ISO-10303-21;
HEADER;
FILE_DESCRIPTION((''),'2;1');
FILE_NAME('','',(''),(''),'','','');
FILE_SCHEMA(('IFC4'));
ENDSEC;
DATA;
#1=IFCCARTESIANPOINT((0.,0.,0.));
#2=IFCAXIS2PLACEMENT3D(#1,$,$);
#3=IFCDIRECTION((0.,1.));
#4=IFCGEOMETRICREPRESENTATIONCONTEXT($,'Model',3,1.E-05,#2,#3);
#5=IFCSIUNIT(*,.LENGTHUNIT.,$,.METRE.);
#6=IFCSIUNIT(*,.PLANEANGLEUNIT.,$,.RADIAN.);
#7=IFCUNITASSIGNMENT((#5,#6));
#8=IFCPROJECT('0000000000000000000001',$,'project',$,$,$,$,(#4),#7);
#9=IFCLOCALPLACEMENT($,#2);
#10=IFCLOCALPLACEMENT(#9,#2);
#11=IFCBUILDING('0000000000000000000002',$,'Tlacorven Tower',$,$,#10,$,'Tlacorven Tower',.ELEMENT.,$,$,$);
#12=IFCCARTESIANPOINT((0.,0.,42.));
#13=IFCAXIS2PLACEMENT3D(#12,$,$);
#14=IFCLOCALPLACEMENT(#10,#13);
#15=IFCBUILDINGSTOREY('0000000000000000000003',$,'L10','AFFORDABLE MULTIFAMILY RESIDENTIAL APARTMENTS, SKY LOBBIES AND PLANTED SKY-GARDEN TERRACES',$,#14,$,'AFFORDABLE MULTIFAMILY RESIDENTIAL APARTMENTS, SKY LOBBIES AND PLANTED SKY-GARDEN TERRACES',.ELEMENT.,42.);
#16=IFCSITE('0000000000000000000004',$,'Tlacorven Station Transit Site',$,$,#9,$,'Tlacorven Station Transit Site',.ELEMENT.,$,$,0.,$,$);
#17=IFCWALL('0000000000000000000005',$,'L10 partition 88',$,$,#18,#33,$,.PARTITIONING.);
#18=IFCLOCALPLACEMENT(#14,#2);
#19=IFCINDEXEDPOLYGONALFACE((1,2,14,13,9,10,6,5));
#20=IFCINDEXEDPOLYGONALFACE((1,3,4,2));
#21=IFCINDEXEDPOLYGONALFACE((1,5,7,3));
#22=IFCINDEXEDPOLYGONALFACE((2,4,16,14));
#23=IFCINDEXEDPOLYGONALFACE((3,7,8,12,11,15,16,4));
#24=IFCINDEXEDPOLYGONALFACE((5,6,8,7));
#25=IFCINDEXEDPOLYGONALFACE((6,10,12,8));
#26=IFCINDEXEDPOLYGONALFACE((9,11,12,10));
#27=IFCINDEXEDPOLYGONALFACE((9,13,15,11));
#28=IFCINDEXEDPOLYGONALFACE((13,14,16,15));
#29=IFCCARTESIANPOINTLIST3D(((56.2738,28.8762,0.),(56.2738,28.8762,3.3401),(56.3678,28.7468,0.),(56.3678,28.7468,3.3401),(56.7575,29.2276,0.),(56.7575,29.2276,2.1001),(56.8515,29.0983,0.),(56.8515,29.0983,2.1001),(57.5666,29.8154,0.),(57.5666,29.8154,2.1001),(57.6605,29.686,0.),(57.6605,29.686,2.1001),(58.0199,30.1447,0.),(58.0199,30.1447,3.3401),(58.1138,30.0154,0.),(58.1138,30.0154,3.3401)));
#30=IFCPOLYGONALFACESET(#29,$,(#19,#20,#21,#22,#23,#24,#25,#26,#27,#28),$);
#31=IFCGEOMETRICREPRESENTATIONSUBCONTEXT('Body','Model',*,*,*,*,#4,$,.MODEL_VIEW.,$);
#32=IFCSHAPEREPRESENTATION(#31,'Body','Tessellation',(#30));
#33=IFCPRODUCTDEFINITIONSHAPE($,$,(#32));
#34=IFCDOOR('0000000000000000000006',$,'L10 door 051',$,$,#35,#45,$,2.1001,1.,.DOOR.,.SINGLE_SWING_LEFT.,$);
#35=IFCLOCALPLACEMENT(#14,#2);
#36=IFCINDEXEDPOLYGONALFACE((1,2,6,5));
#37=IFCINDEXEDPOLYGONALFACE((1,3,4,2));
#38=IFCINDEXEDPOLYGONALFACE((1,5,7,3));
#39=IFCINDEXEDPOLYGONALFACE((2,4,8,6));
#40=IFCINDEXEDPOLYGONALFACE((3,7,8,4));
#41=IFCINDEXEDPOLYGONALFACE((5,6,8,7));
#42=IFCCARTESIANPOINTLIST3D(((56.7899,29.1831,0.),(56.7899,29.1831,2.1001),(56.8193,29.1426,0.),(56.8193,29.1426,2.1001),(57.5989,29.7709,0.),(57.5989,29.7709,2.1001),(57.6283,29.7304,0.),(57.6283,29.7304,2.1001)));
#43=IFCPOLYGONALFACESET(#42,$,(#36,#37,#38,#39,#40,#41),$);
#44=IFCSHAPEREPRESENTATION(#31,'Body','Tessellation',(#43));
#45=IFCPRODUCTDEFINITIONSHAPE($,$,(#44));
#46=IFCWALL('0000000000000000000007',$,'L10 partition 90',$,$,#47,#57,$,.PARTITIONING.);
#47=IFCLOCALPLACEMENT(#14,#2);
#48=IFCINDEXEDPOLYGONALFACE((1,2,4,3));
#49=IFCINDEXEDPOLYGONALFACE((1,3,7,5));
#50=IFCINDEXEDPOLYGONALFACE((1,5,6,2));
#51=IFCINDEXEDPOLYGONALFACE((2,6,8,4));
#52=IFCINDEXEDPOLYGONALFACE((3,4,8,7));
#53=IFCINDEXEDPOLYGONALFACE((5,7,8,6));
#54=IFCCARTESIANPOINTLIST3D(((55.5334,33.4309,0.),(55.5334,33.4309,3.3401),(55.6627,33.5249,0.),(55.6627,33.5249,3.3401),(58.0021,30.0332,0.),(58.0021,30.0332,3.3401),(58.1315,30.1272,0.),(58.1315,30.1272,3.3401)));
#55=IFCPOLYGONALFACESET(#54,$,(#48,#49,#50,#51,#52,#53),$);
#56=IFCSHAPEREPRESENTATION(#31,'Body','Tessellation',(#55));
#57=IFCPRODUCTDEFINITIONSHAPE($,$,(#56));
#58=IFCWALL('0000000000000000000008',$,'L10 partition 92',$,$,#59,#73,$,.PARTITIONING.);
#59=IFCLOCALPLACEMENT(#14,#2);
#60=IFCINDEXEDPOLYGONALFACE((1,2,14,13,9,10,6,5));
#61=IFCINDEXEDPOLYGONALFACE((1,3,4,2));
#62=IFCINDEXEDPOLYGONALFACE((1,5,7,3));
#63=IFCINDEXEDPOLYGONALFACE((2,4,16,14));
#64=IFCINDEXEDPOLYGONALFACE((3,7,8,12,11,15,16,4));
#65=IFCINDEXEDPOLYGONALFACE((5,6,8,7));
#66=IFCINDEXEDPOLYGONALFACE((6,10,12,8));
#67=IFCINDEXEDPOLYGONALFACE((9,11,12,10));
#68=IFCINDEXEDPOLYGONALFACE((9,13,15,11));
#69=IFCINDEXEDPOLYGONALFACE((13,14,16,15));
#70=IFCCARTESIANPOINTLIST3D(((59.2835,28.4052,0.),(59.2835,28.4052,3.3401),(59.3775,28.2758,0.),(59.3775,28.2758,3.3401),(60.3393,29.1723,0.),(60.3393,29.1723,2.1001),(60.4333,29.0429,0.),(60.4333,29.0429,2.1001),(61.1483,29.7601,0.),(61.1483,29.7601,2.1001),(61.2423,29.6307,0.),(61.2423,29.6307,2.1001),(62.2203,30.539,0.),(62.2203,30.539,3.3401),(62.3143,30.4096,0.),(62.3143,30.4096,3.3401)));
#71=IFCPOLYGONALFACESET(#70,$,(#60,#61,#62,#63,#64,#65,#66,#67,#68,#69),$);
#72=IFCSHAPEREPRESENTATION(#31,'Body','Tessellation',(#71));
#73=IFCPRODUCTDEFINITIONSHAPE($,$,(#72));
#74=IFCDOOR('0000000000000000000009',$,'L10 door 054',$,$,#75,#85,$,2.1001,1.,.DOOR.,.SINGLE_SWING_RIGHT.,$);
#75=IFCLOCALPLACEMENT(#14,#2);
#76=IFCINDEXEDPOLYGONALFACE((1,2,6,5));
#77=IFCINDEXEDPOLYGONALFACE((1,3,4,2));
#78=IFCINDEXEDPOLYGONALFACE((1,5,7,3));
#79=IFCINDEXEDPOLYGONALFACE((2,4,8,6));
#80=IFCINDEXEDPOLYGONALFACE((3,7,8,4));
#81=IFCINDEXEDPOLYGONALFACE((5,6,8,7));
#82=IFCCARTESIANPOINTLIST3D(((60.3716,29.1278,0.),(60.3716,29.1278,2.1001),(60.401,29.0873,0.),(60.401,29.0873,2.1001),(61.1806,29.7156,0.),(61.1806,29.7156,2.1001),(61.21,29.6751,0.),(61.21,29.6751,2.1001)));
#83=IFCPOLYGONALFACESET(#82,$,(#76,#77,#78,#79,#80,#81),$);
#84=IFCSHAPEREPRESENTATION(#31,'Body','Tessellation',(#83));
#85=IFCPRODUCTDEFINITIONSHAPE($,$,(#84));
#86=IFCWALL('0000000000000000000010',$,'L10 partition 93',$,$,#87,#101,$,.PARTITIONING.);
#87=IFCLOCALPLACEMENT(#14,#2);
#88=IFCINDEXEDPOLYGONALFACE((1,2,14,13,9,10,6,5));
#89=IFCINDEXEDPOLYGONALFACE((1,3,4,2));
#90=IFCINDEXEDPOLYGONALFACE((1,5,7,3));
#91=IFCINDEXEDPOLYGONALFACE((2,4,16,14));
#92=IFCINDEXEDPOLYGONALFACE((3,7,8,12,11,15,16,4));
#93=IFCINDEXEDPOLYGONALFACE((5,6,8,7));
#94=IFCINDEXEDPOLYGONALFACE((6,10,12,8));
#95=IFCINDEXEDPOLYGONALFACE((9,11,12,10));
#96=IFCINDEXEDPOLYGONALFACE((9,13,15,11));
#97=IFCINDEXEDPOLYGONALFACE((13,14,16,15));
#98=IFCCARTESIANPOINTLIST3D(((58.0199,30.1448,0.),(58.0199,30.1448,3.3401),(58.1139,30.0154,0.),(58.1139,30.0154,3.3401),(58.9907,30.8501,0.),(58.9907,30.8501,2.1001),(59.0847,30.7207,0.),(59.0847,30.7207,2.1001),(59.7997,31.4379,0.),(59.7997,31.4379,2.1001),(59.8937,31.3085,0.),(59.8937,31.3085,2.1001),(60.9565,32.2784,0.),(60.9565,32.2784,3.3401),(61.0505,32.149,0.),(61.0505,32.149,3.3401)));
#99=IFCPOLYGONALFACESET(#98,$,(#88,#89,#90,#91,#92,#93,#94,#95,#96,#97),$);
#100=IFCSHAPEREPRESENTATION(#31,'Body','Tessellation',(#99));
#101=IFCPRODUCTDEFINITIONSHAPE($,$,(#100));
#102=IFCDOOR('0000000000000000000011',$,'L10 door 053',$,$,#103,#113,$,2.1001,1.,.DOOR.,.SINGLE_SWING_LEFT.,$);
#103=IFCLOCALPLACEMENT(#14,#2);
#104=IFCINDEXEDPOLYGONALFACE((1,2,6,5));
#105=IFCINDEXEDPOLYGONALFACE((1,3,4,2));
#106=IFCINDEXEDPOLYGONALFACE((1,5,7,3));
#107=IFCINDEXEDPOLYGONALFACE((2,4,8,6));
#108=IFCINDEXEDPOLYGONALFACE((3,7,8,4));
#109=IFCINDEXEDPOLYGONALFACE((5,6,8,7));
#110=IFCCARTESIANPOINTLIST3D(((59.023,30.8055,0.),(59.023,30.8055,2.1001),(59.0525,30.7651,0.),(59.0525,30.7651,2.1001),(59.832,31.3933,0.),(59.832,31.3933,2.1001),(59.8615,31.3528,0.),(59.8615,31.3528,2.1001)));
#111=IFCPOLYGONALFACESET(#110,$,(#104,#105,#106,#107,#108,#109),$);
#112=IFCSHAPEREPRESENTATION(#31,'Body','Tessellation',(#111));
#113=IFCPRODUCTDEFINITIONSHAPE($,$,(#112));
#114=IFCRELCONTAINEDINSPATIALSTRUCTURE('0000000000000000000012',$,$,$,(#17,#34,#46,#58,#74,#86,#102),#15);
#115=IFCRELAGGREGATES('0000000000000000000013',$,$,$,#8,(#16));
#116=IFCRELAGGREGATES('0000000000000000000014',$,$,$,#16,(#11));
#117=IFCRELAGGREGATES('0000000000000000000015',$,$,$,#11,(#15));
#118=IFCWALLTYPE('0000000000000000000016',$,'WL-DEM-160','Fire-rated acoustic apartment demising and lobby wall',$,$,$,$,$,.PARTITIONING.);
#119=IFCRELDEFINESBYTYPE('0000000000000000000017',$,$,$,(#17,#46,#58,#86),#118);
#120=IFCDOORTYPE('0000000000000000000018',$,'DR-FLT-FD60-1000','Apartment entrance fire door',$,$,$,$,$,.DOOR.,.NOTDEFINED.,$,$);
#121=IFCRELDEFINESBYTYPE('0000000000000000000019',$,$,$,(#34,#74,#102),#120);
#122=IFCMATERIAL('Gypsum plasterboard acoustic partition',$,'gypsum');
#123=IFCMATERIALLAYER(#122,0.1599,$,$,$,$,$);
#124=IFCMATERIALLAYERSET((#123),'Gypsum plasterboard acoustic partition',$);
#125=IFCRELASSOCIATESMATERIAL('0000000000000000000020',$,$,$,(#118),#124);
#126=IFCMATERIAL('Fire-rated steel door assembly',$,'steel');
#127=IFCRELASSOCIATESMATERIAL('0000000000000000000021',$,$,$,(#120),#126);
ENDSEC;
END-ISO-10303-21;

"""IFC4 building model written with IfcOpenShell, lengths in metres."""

from ifc_helpers import new_model, si_unit, direction, frame, frame_2d, origin, place, context, subcontext, project, spatial, rectangle, extrude, source, transform, mapped, material, layer, layer_set, type_object, element, fill, save


model = new_model("IFC4")

# Units and contexts
model_context = context("Model", 3, precision=1e-05, world=origin(), true_north=direction((0.0, 1.0)))
body_context = subcontext(model_context, "Body", "Model", "MODEL_VIEW")
ifc_project = project(units=[si_unit("LENGTHUNIT", "METRE"), si_unit("PLANEANGLEUNIT", "RADIAN")], contexts=[model_context])

# Site, building, storey
site_placement = place(None, origin())
site = spatial("IfcSite", under=ifc_project, at=site_placement, Name="Tlacorven Station Transit Site", LongName="Tlacorven Station Transit Site", CompositionType="ELEMENT", RefElevation=0.0)
building_placement = place(site_placement, origin())
building = spatial("IfcBuilding", under=site, at=building_placement, Name="Tlacorven Tower", LongName="Tlacorven Tower", CompositionType="ELEMENT")
storey_placement = place(building_placement, frame((0.0, 0.0, 42.0)))
storey = spatial("IfcBuildingStorey", under=building, at=storey_placement, Name="L10", Description="AFFORDABLE MULTIFAMILY RESIDENTIAL APARTMENTS, SKY LOBBIES AND PLANTED SKY-GARDEN TERRACES", LongName="AFFORDABLE MULTIFAMILY RESIDENTIAL APARTMENTS, SKY LOBBIES AND PLANTED SKY-GARDEN TERRACES", CompositionType="ELEMENT", Elevation=42.0)

# Wall, opening, door
ifc_material_1 = material(Name="Gypsum plasterboard acoustic partition", Category="gypsum")
ifc_layer_1 = layer(ifc_material_1, 0.1599)
ifc_layer_set_1 = layer_set([ifc_layer_1], Name="Gypsum plasterboard acoustic partition")
wall_type_1 = type_object("IfcWallType", Name="WL-DEM-160", Description="Fire-rated acoustic apartment demising and lobby wall", PredefinedType="PARTITIONING", material=ifc_layer_set_1)
wall_1_placement = place(storey_placement, frame((56.3208, 28.8115, 0.0), z_axis=(0.0, 0.0, 1.0), x_axis=(0.809029, 0.587768, 0.0)))
wall_1 = element("IfcWall", 1, at=wall_1_placement, inside=storey, type_object=wall_type_1, Name="L10 partition 88", PredefinedType="PARTITIONING", context=body_context, shape_type="SweptSolid", body=[
    extrude(rectangle(XDim=2.1582, YDim=0.1599, at=frame_2d((1.0791, 0.0))), origin(), (0.0, 0.0, 1.0), 3.3401),
])
opening_1_placement = place(wall_1_placement, frame((0.5979, 0.0, 0.0)))
opening_1 = element("IfcOpeningElement", 2, at=opening_1_placement, cuts=wall_1, PredefinedType="OPENING", context=body_context, shape_type="SweptSolid", body=[
    extrude(rectangle(XDim=1.0, YDim=2.1001, at=frame_2d((0.5, 1.05))), frame((0.0, 0.0898, 0.0), z_axis=(0.0, -1.0, 0.0), x_axis=(1.0, 0.0, 0.0)), (0.0, 0.0, 1.0), 0.1799),
])
ifc_material_2 = material(Name="Fire-rated steel door assembly", Category="steel")
door_type = type_object("IfcDoorType", Name="DR-FLT-FD60-1000", Description="Apartment entrance fire door", OperationType="NOTDEFINED", PredefinedType="DOOR", material=ifc_material_2)
shared_shape_1 = source(origin(), body_context, "Body", "SweptSolid", [
    extrude(rectangle(XDim=1.0, YDim=2.1001, at=frame_2d((0.5, 1.05))), frame((0.0, 0.0249, 0.0), z_axis=(0.0, -1.0, 0.0), x_axis=(1.0, 0.0, 0.0)), (0.0, 0.0, 1.0), 0.05),
])
door_1_placement = place(opening_1_placement, origin())
door_1 = element("IfcDoor", 3, at=door_1_placement, inside=storey, type_object=door_type, Name="L10 door 051", OperationType="SINGLE_SWING_LEFT", OverallHeight=2.1001, OverallWidth=1.0, PredefinedType="DOOR", context=body_context, shape_type="MappedRepresentation", body=[
    mapped(shared_shape_1, transform((0.0, 0.0, 0.0), scale=1.0)),
])
fill(opening_1, door_1)

# Wall
wall_2_placement = place(storey_placement, frame((58.0669, 30.0801, 0.0), z_axis=(0.0, 0.0, 1.0), x_axis=(-0.587812, 0.808997, 0.0)))
element("IfcWall", 4, at=wall_2_placement, inside=storey, type_object=wall_type_1, Name="L10 partition 90", PredefinedType="PARTITIONING", context=body_context, shape_type="SweptSolid", body=[
    extrude(rectangle(XDim=4.2, YDim=0.1599, at=frame_2d((2.1001, 0.0))), origin(), (0.0, 0.0, 1.0), 3.3401),
])

# Walls, openings, doors
wall_3_placement = place(storey_placement, frame((59.3306, 28.3406, 0.0), z_axis=(0.0, 0.0, 1.0), x_axis=(0.809004, 0.587804, 0.0)))
wall_3 = element("IfcWall", 5, at=wall_3_placement, inside=storey, type_object=wall_type_1, Name="L10 partition 92", PredefinedType="PARTITIONING", context=body_context, shape_type="SweptSolid", body=[
    extrude(rectangle(XDim=3.6301, YDim=0.1599, at=frame_2d((1.8149, 0.0))), origin(), (0.0, 0.0, 1.0), 3.3401),
])
opening_2_placement = place(wall_3_placement, frame((1.3049, 0.0, 0.0)))
opening_2 = element("IfcOpeningElement", 6, at=opening_2_placement, cuts=wall_3, PredefinedType="OPENING", context=body_context, shape_type="SweptSolid", body=[
    extrude(rectangle(XDim=1.0, YDim=2.1001, at=frame_2d((0.5, 1.05))), frame((0.0, 0.0898, 0.0), z_axis=(0.0, -1.0, 0.0), x_axis=(1.0, 0.0, 0.0)), (0.0, 0.0, 1.0), 0.1799),
])
door_2_placement = place(opening_2_placement, origin())
door_2 = element("IfcDoor", 7, at=door_2_placement, inside=storey, type_object=door_type, Name="L10 door 054", OperationType="SINGLE_SWING_RIGHT", OverallHeight=2.1001, OverallWidth=1.0, PredefinedType="DOOR", context=body_context, shape_type="MappedRepresentation", body=[
    mapped(shared_shape_1, transform((0.0, 0.0, 0.0), scale=1.0)),
])
fill(opening_2, door_2)
wall_4_placement = place(storey_placement, frame((58.0669, 30.0801, 0.0), z_axis=(0.0, 0.0, 1.0), x_axis=(0.809012, 0.587792, 0.0)))
wall_4 = element("IfcWall", 8, at=wall_4_placement, inside=storey, type_object=wall_type_1, Name="L10 partition 93", PredefinedType="PARTITIONING", context=body_context, shape_type="SweptSolid", body=[
    extrude(rectangle(XDim=3.6299, YDim=0.1599, at=frame_2d((1.8149, 0.0))), origin(), (0.0, 0.0, 1.0), 3.3401),
])
opening_3_placement = place(wall_4_placement, frame((1.2, 0.0, 0.0)))
opening_3 = element("IfcOpeningElement", 9, at=opening_3_placement, cuts=wall_4, PredefinedType="OPENING", context=body_context, shape_type="SweptSolid", body=[
    extrude(rectangle(XDim=1.0, YDim=2.1001, at=frame_2d((0.5, 1.05))), frame((0.0, 0.0898, 0.0), z_axis=(0.0, -1.0, 0.0), x_axis=(1.0, 0.0, 0.0)), (0.0, 0.0, 1.0), 0.1799),
])
door_3_placement = place(opening_3_placement, origin())
door_3 = element("IfcDoor", 10, at=door_3_placement, inside=storey, type_object=door_type, Name="L10 door 053", OperationType="SINGLE_SWING_LEFT", OverallHeight=2.1001, OverallWidth=1.0, PredefinedType="DOOR", context=body_context, shape_type="MappedRepresentation", body=[
    mapped(shared_shape_1, transform((0.0, 0.0, 0.0), scale=1.0)),
])
fill(opening_3, door_3)

save(model, "model.ifc")
